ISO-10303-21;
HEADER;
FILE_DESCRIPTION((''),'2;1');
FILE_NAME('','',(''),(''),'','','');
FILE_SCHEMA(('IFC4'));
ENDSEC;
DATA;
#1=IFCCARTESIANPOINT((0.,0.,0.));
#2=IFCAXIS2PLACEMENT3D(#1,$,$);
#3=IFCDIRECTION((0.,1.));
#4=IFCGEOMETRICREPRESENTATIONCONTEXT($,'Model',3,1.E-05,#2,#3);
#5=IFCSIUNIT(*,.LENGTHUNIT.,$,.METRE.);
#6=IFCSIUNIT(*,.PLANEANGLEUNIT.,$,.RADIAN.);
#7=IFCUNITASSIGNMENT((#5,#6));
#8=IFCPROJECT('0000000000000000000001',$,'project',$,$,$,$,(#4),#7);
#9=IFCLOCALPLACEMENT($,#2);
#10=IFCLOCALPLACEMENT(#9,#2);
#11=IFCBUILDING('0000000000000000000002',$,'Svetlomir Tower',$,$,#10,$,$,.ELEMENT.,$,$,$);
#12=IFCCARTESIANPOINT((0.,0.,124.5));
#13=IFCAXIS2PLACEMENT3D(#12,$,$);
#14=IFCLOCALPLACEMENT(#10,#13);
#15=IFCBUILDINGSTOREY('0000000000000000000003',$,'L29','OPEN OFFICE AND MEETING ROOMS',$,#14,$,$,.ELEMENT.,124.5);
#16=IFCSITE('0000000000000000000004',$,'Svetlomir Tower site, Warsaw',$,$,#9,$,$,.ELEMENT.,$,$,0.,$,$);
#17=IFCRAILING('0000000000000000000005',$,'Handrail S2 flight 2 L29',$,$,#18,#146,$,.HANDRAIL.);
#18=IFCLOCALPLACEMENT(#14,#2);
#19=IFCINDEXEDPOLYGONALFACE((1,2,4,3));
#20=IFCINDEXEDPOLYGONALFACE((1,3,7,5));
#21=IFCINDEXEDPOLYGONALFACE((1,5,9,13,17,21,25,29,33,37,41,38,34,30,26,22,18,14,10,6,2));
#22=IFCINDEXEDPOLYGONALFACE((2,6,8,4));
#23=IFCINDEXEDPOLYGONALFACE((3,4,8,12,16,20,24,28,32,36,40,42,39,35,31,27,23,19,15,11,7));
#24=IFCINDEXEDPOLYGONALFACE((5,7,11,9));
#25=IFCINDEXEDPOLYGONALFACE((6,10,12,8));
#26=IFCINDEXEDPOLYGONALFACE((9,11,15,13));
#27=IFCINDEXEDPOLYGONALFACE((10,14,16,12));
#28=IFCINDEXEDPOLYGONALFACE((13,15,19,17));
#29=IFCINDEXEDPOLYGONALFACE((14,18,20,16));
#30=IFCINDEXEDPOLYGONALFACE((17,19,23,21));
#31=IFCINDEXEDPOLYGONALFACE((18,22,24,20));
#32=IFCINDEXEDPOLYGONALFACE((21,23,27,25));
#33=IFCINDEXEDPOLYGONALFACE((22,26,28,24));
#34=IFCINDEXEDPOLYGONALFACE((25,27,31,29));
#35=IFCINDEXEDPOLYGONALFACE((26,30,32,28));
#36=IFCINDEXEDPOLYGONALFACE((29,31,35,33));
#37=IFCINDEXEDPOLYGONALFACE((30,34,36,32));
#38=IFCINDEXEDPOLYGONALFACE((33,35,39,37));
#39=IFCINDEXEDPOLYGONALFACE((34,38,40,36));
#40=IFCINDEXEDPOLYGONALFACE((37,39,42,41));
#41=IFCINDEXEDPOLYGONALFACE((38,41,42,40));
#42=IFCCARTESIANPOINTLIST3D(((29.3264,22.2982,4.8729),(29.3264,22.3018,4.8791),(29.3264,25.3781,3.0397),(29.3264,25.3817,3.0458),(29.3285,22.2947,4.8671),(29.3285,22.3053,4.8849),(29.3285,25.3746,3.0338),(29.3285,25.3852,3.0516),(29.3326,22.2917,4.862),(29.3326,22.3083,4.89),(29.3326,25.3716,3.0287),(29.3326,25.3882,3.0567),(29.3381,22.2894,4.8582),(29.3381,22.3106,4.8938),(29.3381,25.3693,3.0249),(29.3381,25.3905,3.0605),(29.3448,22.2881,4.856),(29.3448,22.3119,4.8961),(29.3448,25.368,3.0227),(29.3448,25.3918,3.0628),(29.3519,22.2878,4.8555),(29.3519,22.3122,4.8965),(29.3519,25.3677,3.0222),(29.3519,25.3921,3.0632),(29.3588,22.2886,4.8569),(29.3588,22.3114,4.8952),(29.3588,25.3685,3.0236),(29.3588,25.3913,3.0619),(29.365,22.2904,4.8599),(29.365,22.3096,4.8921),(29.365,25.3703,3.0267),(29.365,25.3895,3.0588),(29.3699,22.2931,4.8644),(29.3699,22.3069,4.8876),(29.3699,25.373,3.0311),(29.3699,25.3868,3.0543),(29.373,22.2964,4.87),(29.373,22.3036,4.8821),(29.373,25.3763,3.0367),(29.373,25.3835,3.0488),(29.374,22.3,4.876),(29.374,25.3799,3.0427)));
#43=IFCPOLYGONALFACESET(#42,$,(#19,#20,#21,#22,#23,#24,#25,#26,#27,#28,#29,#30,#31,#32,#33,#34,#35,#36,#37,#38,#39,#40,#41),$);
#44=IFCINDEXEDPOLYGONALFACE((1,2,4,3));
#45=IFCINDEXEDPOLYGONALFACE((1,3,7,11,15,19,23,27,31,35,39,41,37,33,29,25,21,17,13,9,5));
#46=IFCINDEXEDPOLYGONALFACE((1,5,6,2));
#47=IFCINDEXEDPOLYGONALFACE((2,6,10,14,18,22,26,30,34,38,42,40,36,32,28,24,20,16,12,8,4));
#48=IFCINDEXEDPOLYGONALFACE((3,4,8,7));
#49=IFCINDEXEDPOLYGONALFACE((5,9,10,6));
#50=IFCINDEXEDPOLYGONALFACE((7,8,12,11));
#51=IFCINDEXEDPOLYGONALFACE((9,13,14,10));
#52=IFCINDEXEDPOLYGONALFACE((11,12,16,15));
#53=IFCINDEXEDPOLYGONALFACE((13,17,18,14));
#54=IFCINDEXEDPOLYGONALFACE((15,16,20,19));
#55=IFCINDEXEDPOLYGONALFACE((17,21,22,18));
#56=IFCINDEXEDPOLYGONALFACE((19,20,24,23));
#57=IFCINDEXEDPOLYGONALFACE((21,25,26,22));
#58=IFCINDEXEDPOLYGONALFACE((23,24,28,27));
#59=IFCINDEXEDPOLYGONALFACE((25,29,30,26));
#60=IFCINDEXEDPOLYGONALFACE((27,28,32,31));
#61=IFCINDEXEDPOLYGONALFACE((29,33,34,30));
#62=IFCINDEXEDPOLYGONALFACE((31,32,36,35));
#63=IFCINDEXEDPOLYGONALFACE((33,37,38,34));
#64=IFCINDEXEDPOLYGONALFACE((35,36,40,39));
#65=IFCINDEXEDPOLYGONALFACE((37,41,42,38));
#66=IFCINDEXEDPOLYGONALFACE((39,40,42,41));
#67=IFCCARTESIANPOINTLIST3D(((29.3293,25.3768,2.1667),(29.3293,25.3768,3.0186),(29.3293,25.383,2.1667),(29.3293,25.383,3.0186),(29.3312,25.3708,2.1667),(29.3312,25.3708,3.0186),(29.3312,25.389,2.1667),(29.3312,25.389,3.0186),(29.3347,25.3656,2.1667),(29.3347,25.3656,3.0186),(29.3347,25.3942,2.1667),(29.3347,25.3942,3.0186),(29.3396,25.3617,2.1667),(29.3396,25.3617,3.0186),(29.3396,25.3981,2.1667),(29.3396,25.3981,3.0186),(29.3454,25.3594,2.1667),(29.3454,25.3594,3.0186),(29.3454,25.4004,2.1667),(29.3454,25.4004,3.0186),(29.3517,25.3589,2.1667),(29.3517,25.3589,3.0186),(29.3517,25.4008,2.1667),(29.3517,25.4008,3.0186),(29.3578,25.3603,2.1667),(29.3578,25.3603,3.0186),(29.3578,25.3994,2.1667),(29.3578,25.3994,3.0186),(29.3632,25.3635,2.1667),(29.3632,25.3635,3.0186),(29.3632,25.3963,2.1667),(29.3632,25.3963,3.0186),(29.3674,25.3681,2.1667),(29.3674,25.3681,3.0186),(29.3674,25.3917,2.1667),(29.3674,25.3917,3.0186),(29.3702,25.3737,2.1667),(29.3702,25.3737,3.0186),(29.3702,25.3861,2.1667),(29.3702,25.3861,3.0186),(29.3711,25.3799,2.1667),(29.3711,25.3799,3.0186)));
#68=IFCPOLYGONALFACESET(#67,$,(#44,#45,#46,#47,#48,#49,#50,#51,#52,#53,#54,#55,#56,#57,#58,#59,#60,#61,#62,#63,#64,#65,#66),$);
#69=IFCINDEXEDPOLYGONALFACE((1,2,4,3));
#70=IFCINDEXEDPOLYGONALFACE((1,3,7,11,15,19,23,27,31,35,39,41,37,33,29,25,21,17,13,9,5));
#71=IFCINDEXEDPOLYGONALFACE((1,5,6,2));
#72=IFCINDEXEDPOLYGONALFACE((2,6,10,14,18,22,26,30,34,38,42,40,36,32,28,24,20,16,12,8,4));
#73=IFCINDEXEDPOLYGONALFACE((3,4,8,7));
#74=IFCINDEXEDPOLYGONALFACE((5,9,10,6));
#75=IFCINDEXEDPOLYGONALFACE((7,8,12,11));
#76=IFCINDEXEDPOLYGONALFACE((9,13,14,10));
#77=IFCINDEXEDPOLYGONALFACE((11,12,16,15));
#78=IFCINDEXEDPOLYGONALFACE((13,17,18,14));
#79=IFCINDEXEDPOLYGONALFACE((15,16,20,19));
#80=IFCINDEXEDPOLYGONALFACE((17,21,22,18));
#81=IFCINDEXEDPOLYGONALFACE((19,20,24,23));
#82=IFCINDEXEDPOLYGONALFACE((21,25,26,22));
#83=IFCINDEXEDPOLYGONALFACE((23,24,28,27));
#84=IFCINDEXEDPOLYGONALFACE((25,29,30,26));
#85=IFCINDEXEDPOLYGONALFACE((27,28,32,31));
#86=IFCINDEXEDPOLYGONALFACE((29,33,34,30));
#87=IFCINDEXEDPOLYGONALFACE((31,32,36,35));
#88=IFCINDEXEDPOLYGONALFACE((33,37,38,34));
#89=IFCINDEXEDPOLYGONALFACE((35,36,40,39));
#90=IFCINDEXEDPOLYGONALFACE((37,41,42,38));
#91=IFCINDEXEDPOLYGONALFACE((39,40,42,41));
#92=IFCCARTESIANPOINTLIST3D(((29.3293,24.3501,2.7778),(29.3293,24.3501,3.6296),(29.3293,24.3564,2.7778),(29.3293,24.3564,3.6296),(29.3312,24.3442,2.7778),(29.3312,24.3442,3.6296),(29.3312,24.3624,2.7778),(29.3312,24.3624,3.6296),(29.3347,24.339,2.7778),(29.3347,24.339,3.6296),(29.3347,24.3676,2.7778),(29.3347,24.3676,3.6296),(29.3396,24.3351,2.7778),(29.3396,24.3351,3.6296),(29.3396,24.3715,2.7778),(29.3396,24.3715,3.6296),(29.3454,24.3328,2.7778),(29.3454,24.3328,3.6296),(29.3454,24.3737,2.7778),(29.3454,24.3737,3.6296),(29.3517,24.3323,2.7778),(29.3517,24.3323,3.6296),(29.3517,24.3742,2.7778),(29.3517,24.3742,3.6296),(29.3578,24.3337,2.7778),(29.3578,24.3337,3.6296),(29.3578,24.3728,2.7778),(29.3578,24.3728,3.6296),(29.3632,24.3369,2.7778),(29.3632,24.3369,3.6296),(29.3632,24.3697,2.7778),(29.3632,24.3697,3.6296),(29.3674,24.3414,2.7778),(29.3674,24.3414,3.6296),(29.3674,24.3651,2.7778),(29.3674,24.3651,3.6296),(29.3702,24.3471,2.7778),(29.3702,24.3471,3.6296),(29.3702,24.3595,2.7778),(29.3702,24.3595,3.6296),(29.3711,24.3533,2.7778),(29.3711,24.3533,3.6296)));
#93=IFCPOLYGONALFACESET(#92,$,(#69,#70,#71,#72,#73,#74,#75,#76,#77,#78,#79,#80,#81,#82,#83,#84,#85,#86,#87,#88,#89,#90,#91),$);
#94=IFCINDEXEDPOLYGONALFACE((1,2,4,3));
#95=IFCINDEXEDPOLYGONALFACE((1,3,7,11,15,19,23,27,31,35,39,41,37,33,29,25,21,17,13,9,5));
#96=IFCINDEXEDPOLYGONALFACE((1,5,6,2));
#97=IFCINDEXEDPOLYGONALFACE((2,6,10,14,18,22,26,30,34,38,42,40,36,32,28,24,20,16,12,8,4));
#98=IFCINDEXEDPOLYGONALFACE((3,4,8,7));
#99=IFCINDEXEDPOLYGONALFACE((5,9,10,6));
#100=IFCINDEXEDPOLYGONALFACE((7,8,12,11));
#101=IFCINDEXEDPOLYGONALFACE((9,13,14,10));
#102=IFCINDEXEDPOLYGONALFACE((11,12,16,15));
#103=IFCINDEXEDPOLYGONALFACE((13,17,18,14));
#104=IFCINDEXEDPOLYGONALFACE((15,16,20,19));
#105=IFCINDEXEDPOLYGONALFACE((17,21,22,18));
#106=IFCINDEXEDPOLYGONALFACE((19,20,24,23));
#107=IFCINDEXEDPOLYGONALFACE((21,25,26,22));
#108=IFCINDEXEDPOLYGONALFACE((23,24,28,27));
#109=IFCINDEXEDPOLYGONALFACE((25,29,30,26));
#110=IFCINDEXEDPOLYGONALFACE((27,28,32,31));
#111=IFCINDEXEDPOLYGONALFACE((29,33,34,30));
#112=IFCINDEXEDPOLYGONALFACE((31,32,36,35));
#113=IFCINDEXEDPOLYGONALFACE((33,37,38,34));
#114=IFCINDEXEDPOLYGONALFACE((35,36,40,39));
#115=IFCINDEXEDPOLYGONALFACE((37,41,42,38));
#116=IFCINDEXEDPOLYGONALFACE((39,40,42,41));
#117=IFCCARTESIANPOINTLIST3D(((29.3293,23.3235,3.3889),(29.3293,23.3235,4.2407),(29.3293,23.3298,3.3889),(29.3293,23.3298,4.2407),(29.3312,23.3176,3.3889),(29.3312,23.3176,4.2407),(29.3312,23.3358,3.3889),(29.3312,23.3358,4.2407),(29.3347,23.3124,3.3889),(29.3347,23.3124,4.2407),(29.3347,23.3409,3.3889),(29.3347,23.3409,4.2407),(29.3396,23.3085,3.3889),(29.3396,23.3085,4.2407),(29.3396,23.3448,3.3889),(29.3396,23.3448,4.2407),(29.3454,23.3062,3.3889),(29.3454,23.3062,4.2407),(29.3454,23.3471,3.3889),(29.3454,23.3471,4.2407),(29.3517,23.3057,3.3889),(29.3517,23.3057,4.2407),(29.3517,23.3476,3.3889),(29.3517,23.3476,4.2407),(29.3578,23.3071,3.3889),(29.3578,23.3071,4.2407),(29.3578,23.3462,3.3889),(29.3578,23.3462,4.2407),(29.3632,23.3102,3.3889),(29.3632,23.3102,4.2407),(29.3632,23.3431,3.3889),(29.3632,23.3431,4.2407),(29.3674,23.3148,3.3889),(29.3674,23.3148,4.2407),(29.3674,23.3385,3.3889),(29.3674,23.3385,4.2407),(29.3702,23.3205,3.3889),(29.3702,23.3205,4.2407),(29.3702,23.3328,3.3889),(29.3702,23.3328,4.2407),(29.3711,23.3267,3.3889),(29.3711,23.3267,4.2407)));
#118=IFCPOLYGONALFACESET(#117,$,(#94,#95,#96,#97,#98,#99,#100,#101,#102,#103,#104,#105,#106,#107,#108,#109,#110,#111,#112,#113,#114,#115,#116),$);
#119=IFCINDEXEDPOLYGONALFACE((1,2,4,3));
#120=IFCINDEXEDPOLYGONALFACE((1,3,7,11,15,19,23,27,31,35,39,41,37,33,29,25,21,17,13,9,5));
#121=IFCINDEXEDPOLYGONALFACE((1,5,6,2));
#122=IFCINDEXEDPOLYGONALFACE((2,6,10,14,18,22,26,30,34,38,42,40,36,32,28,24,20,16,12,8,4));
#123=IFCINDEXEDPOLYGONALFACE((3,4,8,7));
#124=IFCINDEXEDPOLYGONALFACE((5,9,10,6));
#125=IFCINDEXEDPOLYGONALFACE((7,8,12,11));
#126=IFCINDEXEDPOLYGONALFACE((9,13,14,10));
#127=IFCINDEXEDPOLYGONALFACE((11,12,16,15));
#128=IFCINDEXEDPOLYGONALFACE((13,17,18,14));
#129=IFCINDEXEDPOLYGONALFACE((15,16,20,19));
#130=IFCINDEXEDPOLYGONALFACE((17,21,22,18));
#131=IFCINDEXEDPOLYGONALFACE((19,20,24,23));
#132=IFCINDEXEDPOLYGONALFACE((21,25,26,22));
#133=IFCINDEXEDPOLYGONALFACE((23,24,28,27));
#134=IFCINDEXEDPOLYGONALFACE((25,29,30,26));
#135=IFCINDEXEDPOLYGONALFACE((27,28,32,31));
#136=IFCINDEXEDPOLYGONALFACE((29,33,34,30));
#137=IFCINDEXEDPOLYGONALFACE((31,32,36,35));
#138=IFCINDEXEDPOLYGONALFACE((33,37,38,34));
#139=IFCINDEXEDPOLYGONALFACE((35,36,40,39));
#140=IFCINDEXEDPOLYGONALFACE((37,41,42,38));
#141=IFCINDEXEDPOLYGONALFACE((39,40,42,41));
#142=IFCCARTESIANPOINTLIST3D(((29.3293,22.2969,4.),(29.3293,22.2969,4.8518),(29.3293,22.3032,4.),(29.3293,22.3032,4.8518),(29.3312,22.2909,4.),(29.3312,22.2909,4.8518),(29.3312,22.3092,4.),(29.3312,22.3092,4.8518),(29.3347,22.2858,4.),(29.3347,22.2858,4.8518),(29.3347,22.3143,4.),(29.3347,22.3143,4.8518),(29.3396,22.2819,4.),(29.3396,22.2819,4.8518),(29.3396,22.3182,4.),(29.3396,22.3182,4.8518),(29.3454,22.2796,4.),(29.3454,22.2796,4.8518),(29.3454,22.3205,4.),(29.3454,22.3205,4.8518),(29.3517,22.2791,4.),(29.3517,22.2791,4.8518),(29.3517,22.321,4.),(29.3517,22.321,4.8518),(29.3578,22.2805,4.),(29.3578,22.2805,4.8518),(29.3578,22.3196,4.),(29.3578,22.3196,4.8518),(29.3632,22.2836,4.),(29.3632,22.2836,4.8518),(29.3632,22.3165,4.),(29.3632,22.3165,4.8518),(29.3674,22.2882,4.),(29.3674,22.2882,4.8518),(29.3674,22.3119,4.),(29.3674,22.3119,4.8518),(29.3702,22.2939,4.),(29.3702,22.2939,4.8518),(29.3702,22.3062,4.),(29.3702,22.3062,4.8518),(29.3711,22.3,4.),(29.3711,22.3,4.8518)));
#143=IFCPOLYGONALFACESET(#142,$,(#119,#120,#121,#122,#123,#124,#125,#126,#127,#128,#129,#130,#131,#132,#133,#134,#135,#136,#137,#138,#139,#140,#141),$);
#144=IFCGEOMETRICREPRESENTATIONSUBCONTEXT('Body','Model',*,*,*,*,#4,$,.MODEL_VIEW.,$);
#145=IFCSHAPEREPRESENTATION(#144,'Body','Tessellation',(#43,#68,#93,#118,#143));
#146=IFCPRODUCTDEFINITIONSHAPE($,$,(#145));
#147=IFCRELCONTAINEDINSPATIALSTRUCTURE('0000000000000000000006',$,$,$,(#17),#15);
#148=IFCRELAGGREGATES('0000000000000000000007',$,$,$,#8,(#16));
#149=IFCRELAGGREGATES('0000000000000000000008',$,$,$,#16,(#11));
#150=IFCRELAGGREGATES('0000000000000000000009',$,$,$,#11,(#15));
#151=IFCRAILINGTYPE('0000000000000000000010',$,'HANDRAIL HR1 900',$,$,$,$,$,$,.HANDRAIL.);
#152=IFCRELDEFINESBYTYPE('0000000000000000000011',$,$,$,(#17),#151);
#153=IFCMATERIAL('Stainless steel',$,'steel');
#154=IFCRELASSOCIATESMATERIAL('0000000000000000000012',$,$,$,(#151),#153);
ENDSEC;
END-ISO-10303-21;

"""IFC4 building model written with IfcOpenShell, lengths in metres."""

from ifc_helpers import new_model, si_unit, direction, frame, origin, origin_2d, place, context, subcontext, project, spatial, circle, extrude, material, type_object, element, save


model = new_model("IFC4")

# Units and contexts
model_context = context("Model", 3, precision=1e-05, world=origin(), true_north=direction((0.0, 1.0)))
body_context = subcontext(model_context, "Body", "Model", "MODEL_VIEW")
ifc_project = project(units=[si_unit("LENGTHUNIT", "METRE"), si_unit("PLANEANGLEUNIT", "RADIAN")], contexts=[model_context])

# Site, building, storey
site_placement = place(None, origin())
site = spatial("IfcSite", under=ifc_project, at=site_placement, Name="Svetlomir Tower site, Warsaw", CompositionType="ELEMENT", RefElevation=0.0)
building_placement = place(site_placement, origin())
building = spatial("IfcBuilding", under=site, at=building_placement, Name="Svetlomir Tower", CompositionType="ELEMENT")
storey_placement = place(building_placement, frame((0.0, 0.0, 124.5)))
storey = spatial("IfcBuildingStorey", under=building, at=storey_placement, Name="L29", Description="OPEN OFFICE AND MEETING ROOMS", CompositionType="ELEMENT", Elevation=124.5)

# Railing
ifc_material_1 = material(Name="Stainless steel", Category="steel")
railing_type = type_object("IfcRailingType", Name="HANDRAIL HR1 900", PredefinedType="HANDRAIL", material=ifc_material_1)
railing_1_placement = place(storey_placement, frame((29.3501, 25.3799, 2.1667)))
element("IfcRailing", 1, at=railing_1_placement, inside=storey, type_object=railing_type, Name="Handrail S2 flight 2 L29", PredefinedType="HANDRAIL", context=body_context, shape_type="SweptSolid", body=[
    extrude(circle(Radius=0.0239, at=origin_2d()), frame((0.0, 0.0, 0.876), z_axis=(0.0, -0.859291, 0.511487), x_axis=(1.0, 0.0, 0.0)), (0.0, 0.0, 1.0), 3.5842),
    extrude(circle(Radius=0.021, at=origin_2d()), origin(), (0.0, 0.0, 1.0), 0.8518),
    extrude(circle(Radius=0.021, at=origin_2d()), frame((0.0, -1.0266, 0.6111)), (0.0, 0.0, 1.0), 0.8518),
    extrude(circle(Radius=0.021, at=origin_2d()), frame((0.0, -2.0532, 1.2222)), (0.0, 0.0, 1.0), 0.8518),
    extrude(circle(Radius=0.021, at=origin_2d()), frame((0.0, -3.0798, 1.8333)), (0.0, 0.0, 1.0), 0.8518),
])

save(model, "model.ifc")
